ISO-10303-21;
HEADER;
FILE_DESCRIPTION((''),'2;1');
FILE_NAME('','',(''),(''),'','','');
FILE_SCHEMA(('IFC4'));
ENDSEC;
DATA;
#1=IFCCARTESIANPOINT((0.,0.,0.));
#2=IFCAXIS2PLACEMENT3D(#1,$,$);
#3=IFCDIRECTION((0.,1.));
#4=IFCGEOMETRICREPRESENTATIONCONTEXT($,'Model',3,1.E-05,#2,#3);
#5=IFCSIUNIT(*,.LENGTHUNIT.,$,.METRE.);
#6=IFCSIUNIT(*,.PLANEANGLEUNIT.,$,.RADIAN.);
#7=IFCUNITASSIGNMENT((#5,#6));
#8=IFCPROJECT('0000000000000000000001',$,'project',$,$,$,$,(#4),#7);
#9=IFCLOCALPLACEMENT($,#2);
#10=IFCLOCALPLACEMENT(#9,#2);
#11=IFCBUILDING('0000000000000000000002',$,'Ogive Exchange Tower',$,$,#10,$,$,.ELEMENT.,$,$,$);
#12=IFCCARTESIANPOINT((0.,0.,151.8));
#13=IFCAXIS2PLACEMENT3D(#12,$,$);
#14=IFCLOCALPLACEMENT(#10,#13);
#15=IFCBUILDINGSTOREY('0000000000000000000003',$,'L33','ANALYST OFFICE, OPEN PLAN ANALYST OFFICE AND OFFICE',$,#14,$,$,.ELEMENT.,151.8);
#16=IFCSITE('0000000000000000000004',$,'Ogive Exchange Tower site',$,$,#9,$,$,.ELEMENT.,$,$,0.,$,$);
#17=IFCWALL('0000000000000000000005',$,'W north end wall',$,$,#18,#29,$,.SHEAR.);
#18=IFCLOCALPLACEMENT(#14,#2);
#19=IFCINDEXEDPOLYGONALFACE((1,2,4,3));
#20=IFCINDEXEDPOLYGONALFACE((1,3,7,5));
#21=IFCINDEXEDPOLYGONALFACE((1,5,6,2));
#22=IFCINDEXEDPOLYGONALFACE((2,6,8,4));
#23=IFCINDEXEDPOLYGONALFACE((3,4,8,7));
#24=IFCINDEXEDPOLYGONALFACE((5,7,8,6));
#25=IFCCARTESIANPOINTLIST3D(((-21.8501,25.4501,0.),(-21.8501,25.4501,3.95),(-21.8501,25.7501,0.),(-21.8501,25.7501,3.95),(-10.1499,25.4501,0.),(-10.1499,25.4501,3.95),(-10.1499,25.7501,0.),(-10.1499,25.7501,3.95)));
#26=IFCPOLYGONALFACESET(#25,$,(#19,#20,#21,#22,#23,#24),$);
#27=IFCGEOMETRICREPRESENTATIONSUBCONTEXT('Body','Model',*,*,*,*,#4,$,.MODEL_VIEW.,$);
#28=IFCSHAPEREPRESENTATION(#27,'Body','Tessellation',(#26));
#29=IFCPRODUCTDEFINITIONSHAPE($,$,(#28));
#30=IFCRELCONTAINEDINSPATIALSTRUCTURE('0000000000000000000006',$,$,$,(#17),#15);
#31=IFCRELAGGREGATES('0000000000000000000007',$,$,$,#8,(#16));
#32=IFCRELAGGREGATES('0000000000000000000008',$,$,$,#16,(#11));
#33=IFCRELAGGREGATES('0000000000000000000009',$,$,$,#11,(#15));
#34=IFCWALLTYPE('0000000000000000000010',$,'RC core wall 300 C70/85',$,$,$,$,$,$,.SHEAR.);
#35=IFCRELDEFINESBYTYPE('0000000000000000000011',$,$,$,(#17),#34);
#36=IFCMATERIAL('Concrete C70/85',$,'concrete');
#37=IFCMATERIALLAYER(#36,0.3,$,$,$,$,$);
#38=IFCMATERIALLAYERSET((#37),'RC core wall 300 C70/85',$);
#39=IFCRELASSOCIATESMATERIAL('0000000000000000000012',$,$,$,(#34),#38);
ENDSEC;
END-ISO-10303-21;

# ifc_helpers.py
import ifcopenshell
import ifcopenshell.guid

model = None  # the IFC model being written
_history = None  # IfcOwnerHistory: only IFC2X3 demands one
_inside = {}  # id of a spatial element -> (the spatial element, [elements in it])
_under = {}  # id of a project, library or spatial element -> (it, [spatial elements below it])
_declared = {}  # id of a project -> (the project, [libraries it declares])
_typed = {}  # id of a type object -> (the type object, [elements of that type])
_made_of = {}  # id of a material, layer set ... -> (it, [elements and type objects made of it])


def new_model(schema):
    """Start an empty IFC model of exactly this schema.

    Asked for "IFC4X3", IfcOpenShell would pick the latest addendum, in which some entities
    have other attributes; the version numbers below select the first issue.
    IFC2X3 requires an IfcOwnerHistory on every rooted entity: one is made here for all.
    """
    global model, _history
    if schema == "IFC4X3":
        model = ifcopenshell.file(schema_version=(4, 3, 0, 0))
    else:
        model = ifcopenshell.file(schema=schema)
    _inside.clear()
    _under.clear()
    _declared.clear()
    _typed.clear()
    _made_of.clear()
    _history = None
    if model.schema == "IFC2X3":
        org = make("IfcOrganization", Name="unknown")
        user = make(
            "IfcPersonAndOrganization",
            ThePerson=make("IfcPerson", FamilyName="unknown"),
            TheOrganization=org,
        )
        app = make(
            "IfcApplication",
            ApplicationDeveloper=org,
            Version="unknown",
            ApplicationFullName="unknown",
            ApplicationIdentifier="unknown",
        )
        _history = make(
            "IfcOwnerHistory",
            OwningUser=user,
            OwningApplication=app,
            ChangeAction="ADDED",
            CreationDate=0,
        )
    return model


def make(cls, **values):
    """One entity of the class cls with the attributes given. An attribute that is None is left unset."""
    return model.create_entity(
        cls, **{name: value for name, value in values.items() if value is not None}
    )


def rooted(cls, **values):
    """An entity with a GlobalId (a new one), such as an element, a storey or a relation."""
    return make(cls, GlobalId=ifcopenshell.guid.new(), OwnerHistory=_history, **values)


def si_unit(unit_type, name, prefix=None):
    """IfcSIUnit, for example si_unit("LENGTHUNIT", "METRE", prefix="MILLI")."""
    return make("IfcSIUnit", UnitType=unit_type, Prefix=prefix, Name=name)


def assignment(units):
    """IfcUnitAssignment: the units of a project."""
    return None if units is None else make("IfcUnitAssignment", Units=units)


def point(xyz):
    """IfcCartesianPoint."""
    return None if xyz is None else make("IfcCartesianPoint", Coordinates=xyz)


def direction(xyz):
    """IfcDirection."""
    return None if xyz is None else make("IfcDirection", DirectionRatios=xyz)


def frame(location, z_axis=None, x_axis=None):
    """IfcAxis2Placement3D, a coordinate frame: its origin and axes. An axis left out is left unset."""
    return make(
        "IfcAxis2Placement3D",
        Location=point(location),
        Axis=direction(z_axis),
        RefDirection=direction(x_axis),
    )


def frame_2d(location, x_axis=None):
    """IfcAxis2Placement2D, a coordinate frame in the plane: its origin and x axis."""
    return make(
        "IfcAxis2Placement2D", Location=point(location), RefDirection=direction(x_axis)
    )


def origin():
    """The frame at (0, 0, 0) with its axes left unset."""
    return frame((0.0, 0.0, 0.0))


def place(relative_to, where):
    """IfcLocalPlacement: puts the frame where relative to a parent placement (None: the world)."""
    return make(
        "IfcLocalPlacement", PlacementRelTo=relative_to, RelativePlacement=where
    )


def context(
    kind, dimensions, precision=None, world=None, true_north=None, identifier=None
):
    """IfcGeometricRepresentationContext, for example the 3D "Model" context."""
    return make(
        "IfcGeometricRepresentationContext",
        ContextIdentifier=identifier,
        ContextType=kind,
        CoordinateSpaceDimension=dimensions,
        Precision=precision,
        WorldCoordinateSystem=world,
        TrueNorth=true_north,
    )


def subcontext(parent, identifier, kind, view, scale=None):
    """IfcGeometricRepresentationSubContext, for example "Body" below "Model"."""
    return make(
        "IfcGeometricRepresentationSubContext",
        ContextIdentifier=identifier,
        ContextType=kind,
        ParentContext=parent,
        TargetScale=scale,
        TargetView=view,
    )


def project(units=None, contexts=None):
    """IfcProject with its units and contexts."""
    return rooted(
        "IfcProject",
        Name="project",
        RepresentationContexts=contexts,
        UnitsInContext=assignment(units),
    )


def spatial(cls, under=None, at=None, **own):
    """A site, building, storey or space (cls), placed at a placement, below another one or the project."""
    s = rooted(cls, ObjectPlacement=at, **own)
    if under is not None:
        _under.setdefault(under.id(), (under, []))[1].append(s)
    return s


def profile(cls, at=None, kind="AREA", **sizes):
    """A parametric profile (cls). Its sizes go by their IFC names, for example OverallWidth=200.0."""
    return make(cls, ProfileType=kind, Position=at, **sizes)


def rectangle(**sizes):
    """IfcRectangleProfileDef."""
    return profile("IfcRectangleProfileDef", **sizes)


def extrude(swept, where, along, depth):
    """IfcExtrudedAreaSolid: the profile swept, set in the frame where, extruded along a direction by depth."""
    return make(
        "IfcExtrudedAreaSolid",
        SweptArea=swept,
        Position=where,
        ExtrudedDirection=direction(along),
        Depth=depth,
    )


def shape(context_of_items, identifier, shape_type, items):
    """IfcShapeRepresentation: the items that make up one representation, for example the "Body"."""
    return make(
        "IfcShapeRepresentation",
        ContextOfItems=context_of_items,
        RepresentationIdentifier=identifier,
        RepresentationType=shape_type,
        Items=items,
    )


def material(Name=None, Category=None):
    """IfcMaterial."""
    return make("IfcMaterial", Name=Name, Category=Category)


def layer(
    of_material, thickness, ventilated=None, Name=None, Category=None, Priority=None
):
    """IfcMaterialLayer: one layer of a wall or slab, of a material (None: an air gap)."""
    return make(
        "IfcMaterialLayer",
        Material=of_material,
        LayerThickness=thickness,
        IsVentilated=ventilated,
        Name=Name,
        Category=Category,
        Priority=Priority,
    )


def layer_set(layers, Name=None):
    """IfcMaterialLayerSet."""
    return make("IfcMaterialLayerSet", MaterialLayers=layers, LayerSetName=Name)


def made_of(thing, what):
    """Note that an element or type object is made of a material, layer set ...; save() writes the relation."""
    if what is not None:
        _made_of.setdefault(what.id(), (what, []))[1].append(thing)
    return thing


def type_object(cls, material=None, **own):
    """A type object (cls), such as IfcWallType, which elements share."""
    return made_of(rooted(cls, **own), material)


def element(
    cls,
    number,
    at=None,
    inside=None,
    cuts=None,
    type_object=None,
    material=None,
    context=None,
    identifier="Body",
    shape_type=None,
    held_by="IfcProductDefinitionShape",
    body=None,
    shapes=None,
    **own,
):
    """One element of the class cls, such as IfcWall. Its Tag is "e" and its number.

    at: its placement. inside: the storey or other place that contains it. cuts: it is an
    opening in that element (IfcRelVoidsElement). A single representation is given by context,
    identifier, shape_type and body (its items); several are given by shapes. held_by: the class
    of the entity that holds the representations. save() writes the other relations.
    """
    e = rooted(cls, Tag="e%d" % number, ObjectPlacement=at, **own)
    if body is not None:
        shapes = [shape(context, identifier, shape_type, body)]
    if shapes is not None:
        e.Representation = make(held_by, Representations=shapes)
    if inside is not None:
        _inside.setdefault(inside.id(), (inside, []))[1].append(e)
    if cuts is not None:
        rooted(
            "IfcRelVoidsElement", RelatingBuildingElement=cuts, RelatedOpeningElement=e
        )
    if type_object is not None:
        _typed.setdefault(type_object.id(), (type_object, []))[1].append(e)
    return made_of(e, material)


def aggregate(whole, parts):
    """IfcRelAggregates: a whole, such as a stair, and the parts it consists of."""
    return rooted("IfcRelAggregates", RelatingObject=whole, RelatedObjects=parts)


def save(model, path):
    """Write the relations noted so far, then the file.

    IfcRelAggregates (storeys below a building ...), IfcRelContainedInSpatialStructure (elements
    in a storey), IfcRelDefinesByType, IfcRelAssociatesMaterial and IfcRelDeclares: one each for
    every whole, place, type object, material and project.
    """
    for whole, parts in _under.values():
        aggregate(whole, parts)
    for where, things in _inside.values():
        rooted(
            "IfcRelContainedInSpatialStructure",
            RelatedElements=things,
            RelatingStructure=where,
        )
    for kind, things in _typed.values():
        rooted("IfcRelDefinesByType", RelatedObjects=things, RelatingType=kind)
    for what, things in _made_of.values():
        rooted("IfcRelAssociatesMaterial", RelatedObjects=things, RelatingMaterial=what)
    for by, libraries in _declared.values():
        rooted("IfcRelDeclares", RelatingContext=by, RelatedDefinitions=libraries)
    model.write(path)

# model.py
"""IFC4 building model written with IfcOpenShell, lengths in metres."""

from ifc_helpers import new_model, si_unit, direction, frame, frame_2d, origin, place, context, subcontext, project, spatial, rectangle, extrude, material, layer, layer_set, type_object, element, save


model = new_model("IFC4")

# Units and contexts
model_context = context("Model", 3, precision=1e-05, world=origin(), true_north=direction((0.0, 1.0)))
body_context = subcontext(model_context, "Body", "Model", "MODEL_VIEW")
ifc_project = project(units=[si_unit("LENGTHUNIT", "METRE"), si_unit("PLANEANGLEUNIT", "RADIAN")], contexts=[model_context])

# Site, building, storey
site_placement = place(None, origin())
site = spatial("IfcSite", under=ifc_project, at=site_placement, Name="Ogive Exchange Tower site", CompositionType="ELEMENT", RefElevation=0.0)
building_placement = place(site_placement, origin())
building = spatial("IfcBuilding", under=site, at=building_placement, Name="Ogive Exchange Tower", CompositionType="ELEMENT")
storey_placement = place(building_placement, frame((0.0, 0.0, 151.8)))
storey = spatial("IfcBuildingStorey", under=building, at=storey_placement, Name="L33", Description="ANALYST OFFICE, OPEN PLAN ANALYST OFFICE AND OFFICE", CompositionType="ELEMENT", Elevation=151.8)

# Wall
ifc_material_1 = material(Name="Concrete C70/85", Category="concrete")
ifc_layer_1 = layer(ifc_material_1, 0.3)
ifc_layer_set_1 = layer_set([ifc_layer_1], Name="RC core wall 300 C70/85")
wall_type_1 = type_object("IfcWallType", Name="RC core wall 300 C70/85", PredefinedType="SHEAR", material=ifc_layer_set_1)
wall_1_placement = place(storey_placement, frame((-21.8501, 25.6001, 0.0), z_axis=(0.0, 0.0, 1.0), x_axis=(1.0, 0.0, 0.0)))
element("IfcWall", 1, at=wall_1_placement, inside=storey, type_object=wall_type_1, Name="W north end wall", PredefinedType="SHEAR", context=body_context, shape_type="SweptSolid", body=[
    extrude(rectangle(XDim=11.7002, YDim=0.3, at=frame_2d((5.8501, 0.0))), origin(), (0.0, 0.0, 1.0), 3.95),
])

save(model, "model.ifc")
